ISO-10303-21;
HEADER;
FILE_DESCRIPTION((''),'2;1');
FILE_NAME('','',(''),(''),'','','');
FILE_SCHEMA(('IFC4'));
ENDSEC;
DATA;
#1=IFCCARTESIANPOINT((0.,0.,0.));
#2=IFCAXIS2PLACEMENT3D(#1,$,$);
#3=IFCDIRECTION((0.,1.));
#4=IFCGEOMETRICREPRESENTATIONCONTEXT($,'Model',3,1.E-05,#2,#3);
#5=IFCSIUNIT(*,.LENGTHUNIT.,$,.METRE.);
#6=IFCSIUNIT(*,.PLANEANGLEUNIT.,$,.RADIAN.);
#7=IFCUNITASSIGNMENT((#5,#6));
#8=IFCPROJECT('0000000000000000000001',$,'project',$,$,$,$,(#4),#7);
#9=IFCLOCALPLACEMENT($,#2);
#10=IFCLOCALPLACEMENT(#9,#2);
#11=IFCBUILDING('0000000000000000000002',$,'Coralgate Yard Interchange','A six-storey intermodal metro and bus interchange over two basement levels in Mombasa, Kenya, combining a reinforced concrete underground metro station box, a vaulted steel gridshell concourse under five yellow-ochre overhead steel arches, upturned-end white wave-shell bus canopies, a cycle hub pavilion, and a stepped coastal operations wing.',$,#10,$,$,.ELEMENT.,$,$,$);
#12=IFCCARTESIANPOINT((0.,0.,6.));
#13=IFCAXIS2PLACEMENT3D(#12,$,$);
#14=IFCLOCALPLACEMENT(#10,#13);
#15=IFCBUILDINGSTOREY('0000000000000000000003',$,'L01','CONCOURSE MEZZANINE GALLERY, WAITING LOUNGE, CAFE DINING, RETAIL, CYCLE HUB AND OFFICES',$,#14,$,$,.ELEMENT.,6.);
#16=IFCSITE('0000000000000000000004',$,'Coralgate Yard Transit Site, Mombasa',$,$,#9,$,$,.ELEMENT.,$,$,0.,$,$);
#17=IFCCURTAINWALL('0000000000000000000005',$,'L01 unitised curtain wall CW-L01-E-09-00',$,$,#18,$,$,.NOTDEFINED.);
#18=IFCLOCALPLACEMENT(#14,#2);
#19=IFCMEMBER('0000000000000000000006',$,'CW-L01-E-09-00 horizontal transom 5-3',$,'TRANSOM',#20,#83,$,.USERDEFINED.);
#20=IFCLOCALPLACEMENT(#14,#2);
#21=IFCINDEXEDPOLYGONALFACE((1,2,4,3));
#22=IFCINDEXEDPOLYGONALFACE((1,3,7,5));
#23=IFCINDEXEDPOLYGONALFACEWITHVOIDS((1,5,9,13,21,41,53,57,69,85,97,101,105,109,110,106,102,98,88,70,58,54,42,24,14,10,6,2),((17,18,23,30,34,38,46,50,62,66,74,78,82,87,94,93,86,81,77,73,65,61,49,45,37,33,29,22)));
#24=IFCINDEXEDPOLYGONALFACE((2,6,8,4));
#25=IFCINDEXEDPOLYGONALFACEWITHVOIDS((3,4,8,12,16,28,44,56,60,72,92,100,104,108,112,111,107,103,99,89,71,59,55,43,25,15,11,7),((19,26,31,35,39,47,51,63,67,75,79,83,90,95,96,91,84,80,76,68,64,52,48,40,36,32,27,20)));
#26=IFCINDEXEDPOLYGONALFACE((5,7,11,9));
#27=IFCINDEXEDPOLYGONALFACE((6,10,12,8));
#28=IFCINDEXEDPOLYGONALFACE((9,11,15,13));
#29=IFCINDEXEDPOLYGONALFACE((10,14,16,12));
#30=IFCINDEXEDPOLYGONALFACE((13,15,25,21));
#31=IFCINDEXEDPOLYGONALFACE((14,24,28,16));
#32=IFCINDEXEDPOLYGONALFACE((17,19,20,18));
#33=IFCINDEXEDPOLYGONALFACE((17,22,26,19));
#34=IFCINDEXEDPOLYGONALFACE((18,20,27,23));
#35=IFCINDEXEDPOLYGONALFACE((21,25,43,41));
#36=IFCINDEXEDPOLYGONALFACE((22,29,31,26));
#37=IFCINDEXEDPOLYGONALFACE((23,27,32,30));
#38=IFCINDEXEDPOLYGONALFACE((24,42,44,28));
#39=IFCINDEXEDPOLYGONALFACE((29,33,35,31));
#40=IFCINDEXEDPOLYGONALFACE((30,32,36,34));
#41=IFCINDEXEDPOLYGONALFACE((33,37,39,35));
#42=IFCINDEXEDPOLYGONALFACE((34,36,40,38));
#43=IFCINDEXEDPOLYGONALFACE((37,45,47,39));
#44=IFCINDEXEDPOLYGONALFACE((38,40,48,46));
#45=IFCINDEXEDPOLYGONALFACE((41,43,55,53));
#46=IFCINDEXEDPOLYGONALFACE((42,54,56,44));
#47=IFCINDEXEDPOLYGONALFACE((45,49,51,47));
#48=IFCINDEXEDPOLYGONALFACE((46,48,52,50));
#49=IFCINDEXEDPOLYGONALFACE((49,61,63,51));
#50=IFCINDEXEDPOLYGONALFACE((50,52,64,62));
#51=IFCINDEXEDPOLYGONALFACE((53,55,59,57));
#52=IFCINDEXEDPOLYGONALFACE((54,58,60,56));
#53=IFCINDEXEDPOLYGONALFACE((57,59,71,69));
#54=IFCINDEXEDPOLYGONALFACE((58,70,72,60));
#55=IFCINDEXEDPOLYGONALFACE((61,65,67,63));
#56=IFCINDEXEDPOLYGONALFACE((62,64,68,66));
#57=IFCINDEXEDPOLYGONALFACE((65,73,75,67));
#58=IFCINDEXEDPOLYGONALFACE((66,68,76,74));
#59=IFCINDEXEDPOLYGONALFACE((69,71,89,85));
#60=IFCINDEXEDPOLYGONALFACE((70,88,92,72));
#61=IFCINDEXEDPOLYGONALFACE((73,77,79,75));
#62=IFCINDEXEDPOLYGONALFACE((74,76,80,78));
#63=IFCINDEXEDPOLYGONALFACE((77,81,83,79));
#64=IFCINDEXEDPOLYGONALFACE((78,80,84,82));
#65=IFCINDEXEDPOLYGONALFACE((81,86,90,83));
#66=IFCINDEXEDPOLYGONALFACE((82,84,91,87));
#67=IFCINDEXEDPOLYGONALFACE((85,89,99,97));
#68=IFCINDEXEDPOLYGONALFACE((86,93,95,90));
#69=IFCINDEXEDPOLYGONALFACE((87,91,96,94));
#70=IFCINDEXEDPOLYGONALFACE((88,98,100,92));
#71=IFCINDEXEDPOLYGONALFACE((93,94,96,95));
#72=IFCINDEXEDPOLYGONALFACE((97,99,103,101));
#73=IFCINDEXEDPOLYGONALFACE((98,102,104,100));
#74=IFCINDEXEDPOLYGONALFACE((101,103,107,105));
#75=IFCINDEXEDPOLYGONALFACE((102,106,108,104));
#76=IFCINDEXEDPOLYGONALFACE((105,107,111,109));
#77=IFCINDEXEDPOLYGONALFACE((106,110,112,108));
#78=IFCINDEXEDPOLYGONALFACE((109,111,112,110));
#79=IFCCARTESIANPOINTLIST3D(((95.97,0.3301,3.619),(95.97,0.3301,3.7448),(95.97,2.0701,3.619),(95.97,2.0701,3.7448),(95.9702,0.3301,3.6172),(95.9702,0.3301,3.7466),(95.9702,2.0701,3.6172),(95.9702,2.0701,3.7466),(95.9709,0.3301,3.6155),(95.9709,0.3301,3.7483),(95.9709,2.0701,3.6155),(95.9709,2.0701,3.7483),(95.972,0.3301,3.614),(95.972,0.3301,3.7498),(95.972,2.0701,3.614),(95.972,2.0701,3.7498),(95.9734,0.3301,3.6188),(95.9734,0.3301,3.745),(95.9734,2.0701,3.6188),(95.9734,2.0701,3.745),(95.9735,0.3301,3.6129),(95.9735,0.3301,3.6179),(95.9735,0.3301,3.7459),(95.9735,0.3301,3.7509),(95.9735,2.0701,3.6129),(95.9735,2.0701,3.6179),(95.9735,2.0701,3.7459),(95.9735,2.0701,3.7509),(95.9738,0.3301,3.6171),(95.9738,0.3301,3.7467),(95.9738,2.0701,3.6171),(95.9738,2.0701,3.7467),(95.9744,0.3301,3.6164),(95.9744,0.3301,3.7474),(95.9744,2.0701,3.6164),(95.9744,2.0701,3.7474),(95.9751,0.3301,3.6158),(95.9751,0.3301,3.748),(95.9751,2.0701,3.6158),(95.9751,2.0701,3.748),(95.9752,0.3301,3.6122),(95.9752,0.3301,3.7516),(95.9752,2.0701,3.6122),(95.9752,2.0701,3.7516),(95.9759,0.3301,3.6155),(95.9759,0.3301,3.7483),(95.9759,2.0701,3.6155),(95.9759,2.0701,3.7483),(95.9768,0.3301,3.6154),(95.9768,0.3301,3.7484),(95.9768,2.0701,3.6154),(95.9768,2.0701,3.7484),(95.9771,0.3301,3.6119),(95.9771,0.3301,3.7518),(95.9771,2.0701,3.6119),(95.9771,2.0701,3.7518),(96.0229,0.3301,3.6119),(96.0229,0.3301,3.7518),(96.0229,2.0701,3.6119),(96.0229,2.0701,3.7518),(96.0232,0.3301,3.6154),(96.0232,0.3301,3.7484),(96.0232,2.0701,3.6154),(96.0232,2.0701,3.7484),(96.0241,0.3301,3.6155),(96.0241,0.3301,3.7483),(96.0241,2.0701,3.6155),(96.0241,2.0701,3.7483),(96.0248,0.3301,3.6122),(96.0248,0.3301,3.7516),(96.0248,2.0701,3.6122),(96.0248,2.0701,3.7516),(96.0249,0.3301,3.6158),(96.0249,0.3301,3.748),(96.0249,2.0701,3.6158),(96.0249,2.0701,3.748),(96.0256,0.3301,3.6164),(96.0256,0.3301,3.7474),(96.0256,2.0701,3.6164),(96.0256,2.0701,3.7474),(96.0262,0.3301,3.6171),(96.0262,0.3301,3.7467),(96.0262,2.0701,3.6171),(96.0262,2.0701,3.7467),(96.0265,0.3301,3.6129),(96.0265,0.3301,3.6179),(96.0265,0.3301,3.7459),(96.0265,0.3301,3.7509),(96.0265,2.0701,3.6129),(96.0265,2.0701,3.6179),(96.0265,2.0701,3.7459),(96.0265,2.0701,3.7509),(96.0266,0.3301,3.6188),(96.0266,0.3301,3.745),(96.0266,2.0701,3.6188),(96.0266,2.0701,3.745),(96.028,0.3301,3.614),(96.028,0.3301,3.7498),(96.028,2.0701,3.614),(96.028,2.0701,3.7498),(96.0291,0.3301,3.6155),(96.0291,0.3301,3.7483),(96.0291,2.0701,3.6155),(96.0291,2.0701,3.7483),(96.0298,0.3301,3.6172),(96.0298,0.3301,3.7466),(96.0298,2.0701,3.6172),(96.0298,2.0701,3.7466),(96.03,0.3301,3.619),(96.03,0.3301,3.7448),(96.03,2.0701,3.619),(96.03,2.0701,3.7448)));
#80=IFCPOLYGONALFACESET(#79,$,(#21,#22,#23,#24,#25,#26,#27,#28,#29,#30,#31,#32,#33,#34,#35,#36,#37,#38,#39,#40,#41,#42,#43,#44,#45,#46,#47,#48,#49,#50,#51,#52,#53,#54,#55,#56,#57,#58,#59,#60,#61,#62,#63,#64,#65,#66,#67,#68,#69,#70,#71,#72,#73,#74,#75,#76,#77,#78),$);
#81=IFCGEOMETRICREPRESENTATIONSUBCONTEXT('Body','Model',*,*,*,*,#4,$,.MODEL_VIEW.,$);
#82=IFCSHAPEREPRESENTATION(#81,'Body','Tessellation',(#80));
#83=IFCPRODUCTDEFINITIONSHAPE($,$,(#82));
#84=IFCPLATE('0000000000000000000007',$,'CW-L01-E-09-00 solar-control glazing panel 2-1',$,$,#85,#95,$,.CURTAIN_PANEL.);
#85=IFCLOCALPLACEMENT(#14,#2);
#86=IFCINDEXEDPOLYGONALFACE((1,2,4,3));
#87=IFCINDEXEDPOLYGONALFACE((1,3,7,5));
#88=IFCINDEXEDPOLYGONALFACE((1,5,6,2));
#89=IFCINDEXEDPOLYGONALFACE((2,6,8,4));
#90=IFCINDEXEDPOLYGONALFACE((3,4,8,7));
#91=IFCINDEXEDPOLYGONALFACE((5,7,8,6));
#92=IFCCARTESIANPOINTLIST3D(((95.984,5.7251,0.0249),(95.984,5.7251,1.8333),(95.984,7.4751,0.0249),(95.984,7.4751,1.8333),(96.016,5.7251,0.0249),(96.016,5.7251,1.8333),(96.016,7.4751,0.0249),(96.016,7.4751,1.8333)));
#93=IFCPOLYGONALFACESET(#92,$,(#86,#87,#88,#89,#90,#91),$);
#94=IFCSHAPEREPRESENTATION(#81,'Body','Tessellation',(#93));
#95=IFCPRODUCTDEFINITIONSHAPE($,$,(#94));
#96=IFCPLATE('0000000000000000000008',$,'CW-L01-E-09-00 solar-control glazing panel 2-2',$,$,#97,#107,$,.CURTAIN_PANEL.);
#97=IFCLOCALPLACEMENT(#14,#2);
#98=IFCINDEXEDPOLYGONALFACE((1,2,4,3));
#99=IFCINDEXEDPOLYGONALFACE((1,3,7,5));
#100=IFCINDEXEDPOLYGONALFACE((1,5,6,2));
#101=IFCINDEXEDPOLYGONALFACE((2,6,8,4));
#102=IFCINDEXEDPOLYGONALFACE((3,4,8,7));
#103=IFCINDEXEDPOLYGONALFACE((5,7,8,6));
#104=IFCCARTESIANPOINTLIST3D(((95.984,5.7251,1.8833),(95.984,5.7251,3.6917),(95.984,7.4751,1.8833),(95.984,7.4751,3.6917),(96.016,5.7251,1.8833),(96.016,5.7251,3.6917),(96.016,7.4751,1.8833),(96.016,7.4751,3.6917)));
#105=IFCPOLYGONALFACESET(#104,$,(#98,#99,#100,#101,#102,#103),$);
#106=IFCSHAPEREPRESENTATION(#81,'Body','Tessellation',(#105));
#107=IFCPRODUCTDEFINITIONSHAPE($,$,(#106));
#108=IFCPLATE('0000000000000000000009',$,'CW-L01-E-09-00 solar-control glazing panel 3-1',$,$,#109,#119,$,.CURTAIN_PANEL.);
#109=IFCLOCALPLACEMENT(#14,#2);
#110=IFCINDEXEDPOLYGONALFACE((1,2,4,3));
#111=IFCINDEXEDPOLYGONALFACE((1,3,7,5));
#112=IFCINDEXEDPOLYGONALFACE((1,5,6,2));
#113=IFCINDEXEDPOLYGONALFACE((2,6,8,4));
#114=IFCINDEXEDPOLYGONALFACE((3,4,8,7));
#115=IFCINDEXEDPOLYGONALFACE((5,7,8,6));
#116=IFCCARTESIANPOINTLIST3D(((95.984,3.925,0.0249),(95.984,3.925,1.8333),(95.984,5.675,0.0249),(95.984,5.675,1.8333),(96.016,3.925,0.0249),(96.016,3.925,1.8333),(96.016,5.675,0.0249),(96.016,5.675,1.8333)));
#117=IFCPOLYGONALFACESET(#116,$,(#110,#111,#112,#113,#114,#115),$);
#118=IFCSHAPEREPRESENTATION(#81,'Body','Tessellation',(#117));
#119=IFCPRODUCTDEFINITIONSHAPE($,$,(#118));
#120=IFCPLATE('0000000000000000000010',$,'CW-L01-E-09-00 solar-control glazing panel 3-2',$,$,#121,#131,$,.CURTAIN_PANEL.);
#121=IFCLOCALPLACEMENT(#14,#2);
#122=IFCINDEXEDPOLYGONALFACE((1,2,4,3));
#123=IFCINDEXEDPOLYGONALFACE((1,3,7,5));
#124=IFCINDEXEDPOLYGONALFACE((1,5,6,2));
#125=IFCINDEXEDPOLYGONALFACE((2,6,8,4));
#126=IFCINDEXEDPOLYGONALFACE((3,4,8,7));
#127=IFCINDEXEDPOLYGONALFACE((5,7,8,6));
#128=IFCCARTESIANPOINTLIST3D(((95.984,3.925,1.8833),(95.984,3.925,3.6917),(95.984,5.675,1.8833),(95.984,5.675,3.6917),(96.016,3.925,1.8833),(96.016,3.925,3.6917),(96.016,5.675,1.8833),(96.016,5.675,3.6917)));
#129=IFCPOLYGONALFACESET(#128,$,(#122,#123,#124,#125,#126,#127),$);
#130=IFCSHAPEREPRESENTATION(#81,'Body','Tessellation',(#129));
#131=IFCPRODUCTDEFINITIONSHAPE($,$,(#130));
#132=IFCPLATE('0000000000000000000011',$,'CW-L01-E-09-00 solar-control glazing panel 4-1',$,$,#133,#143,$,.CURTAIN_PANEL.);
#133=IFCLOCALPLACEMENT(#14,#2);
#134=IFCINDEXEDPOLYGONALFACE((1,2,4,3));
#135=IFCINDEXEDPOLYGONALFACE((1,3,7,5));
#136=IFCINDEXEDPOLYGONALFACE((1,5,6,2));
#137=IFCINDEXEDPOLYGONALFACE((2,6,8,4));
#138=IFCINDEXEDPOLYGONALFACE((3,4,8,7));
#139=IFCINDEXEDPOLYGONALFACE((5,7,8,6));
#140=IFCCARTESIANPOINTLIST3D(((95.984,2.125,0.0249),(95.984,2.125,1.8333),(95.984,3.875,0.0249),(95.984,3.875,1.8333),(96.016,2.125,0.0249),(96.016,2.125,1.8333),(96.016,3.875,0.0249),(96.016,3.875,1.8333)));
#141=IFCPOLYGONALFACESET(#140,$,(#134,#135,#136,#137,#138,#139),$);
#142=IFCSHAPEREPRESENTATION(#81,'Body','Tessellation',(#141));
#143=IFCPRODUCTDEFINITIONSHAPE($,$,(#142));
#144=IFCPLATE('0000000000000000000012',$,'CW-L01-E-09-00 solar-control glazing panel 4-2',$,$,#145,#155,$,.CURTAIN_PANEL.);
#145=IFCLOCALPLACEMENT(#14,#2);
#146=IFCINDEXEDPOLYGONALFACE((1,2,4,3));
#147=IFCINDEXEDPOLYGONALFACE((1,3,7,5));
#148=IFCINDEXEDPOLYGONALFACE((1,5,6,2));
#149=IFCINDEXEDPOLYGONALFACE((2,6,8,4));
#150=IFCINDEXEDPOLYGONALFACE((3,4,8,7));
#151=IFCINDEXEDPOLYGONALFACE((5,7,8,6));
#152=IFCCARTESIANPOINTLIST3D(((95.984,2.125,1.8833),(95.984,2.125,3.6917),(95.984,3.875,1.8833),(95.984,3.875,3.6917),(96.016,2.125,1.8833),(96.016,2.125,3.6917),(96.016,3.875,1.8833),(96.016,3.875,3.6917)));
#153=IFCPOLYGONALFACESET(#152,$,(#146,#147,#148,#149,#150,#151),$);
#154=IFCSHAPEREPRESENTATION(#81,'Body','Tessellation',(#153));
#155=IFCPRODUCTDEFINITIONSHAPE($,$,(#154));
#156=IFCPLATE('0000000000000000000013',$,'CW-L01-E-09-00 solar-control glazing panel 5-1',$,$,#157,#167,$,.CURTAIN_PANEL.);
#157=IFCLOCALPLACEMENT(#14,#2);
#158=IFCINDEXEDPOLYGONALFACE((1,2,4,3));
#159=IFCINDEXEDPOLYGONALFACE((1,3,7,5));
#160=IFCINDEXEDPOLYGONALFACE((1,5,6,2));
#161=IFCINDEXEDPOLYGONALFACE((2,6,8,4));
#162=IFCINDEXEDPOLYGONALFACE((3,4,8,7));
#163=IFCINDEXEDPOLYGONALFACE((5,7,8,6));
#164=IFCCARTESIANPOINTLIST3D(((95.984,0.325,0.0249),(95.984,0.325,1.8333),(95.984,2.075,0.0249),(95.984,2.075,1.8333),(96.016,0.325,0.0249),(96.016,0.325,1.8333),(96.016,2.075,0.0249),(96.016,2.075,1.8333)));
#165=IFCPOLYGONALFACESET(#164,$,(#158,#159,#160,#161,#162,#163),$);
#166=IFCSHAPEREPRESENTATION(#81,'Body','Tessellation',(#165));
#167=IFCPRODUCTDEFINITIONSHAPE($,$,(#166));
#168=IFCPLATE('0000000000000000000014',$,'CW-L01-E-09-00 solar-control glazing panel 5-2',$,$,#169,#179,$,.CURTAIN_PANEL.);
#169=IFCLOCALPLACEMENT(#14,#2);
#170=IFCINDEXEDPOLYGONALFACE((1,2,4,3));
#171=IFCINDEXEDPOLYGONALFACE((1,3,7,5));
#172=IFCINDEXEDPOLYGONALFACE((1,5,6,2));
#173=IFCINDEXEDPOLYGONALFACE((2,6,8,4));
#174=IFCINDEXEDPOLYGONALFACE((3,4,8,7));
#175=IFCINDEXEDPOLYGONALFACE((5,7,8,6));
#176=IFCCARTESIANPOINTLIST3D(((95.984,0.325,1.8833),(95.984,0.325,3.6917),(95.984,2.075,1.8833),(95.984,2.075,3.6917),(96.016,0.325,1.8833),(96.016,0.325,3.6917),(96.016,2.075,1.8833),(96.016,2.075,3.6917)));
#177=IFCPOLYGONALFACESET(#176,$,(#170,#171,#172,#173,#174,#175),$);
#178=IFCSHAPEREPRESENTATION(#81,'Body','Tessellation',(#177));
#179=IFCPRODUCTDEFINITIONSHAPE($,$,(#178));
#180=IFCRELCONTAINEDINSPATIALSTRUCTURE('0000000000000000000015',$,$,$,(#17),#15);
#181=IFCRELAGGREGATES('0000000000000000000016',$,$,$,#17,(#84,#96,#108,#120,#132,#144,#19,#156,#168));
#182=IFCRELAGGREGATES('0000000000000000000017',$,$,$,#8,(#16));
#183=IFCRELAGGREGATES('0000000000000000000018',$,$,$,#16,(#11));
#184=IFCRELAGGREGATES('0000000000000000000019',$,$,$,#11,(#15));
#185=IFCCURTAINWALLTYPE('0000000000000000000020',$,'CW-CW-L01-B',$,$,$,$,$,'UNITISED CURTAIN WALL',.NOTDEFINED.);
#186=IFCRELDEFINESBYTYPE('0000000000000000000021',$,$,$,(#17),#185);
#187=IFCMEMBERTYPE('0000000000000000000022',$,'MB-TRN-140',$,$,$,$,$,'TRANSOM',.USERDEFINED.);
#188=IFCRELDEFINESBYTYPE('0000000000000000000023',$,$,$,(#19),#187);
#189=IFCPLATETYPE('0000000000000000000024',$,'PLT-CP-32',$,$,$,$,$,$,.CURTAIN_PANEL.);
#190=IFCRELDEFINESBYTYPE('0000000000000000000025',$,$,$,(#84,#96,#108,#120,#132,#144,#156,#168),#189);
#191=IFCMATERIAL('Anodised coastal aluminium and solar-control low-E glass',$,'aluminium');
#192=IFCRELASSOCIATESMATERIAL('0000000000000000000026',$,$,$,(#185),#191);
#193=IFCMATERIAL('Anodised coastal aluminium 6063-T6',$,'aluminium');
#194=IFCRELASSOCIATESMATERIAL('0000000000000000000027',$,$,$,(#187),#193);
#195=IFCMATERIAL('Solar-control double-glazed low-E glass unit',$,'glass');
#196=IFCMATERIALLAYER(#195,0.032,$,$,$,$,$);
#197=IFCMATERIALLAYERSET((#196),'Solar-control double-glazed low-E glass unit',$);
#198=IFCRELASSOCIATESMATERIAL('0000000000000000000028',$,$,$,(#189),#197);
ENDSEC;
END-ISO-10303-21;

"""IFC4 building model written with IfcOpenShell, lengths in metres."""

from ifc_helpers import new_model, si_unit, direction, frame, origin, origin_2d, place, context, subcontext, project, spatial, rectangle, hollow_rectangle, extrude, material, layer, layer_set, material_profile, profile_set, type_object, element, aggregate, save


model = new_model("IFC4")

# Units and contexts
model_context = context("Model", 3, precision=1e-05, world=origin(), true_north=direction((0.0, 1.0)))
body_context = subcontext(model_context, "Body", "Model", "MODEL_VIEW")
ifc_project = project(units=[si_unit("LENGTHUNIT", "METRE"), si_unit("PLANEANGLEUNIT", "RADIAN")], contexts=[model_context])

# Site, building, storey
site_placement = place(None, origin())
site = spatial("IfcSite", under=ifc_project, at=site_placement, Name="Coralgate Yard Transit Site, Mombasa", CompositionType="ELEMENT", RefElevation=0.0)
building_placement = place(site_placement, origin())
building = spatial("IfcBuilding", under=site, at=building_placement, Name="Coralgate Yard Interchange", Description="A six-storey intermodal metro and bus interchange over two basement levels in Mombasa, Kenya, combining a reinforced concrete underground metro station box, a vaulted steel gridshell concourse under five yellow-ochre overhead steel arches, upturned-end white wave-shell bus canopies, a cycle hub pavilion, and a stepped coastal operations wing.", CompositionType="ELEMENT")
storey_placement = place(building_placement, frame((0.0, 0.0, 6.0)))
storey = spatial("IfcBuildingStorey", under=building, at=storey_placement, Name="L01", Description="CONCOURSE MEZZANINE GALLERY, WAITING LOUNGE, CAFE DINING, RETAIL, CYCLE HUB AND OFFICES", CompositionType="ELEMENT", Elevation=6.0)

# Curtain wall, member, plates
ifc_material_1 = material(Name="Anodised coastal aluminium and solar-control low-E glass", Category="aluminium")
curtain_wall_type = type_object("IfcCurtainWallType", Name="CW-CW-L01-B", ElementType="UNITISED CURTAIN WALL", PredefinedType="NOTDEFINED", material=ifc_material_1)
curtain_wall_placement = place(storey_placement, origin())
curtain_wall = element("IfcCurtainWall", 1, at=curtain_wall_placement, inside=storey, type_object=curtain_wall_type, Name="L01 unitised curtain wall CW-L01-E-09-00", PredefinedType="NOTDEFINED")
ifc_material_2 = material(Name="Anodised coastal aluminium 6063-T6", Category="aluminium")
ifc_material_profile_1 = material_profile(ifc_material_2, hollow_rectangle(XDim=0.0601, YDim=0.1399, WallThickness=0.0034, InnerFilletRadius=0.0034, OuterFilletRadius=0.0071, at=origin_2d()), Name="ALU 60x140x3.5")
ifc_profile_set_1 = profile_set([ifc_material_profile_1], Name="Anodised coastal aluminium 6063-T6")
member_type_1 = type_object("IfcMemberType", Name="MB-TRN-140", ElementType="TRANSOM", PredefinedType="USERDEFINED", material=ifc_profile_set_1)
member_1_placement = place(storey_placement, frame((96.0, 2.0701, 3.6819), z_axis=(0.0, -1.0, 0.0), x_axis=(1.0, 0.0, 0.0)))
member_1 = element("IfcMember", 2, at=member_1_placement, type_object=member_type_1, Name="CW-L01-E-09-00 horizontal transom 5-3", ObjectType="TRANSOM", PredefinedType="USERDEFINED", context=body_context, shape_type="SweptSolid", body=[
    extrude(hollow_rectangle(XDim=0.0601, YDim=0.1399, WallThickness=0.0034, InnerFilletRadius=0.0034, OuterFilletRadius=0.0071, at=origin_2d()), origin(), (0.0, 0.0, 1.0), 1.74),
])
ifc_material_3 = material(Name="Solar-control double-glazed low-E glass unit", Category="glass")
ifc_layer_1 = layer(ifc_material_3, 0.032)
ifc_layer_set_1 = layer_set([ifc_layer_1], Name="Solar-control double-glazed low-E glass unit")
plate_type = type_object("IfcPlateType", Name="PLT-CP-32", PredefinedType="CURTAIN_PANEL", material=ifc_layer_set_1)
plate_1_placement = place(storey_placement, frame((96.0, 6.6001, 0.0249), z_axis=(0.0, 0.0, 1.0), x_axis=(0.0, -1.0, 0.0)))
plate_1 = element("IfcPlate", 3, at=plate_1_placement, type_object=plate_type, Name="CW-L01-E-09-00 solar-control glazing panel 2-1", PredefinedType="CURTAIN_PANEL", context=body_context, shape_type="SweptSolid", body=[
    extrude(rectangle(XDim=1.75, YDim=0.032, at=origin_2d()), origin(), (0.0, 0.0, 1.0), 1.8083),
])
plate_2_placement = place(storey_placement, frame((96.0, 6.6001, 1.8833), z_axis=(0.0, 0.0, 1.0), x_axis=(0.0, -1.0, 0.0)))
plate_2 = element("IfcPlate", 4, at=plate_2_placement, type_object=plate_type, Name="CW-L01-E-09-00 solar-control glazing panel 2-2", PredefinedType="CURTAIN_PANEL", context=body_context, shape_type="SweptSolid", body=[
    extrude(rectangle(XDim=1.75, YDim=0.032, at=origin_2d()), origin(), (0.0, 0.0, 1.0), 1.8083),
])
plate_3_placement = place(storey_placement, frame((96.0, 4.8, 0.0249), z_axis=(0.0, 0.0, 1.0), x_axis=(0.0, -1.0, 0.0)))
plate_3 = element("IfcPlate", 5, at=plate_3_placement, type_object=plate_type, Name="CW-L01-E-09-00 solar-control glazing panel 3-1", PredefinedType="CURTAIN_PANEL", context=body_context, shape_type="SweptSolid", body=[
    extrude(rectangle(XDim=1.75, YDim=0.032, at=origin_2d()), origin(), (0.0, 0.0, 1.0), 1.8083),
])
plate_4_placement = place(storey_placement, frame((96.0, 4.8, 1.8833), z_axis=(0.0, 0.0, 1.0), x_axis=(0.0, -1.0, 0.0)))
plate_4 = element("IfcPlate", 6, at=plate_4_placement, type_object=plate_type, Name="CW-L01-E-09-00 solar-control glazing panel 3-2", PredefinedType="CURTAIN_PANEL", context=body_context, shape_type="SweptSolid", body=[
    extrude(rectangle(XDim=1.75, YDim=0.032, at=origin_2d()), origin(), (0.0, 0.0, 1.0), 1.8083),
])
plate_5_placement = place(storey_placement, frame((96.0, 3.0, 0.0249), z_axis=(0.0, 0.0, 1.0), x_axis=(0.0, -1.0, 0.0)))
plate_5 = element("IfcPlate", 7, at=plate_5_placement, type_object=plate_type, Name="CW-L01-E-09-00 solar-control glazing panel 4-1", PredefinedType="CURTAIN_PANEL", context=body_context, shape_type="SweptSolid", body=[
    extrude(rectangle(XDim=1.75, YDim=0.032, at=origin_2d()), origin(), (0.0, 0.0, 1.0), 1.8083),
])
plate_6_placement = place(storey_placement, frame((96.0, 3.0, 1.8833), z_axis=(0.0, 0.0, 1.0), x_axis=(0.0, -1.0, 0.0)))
plate_6 = element("IfcPlate", 8, at=plate_6_placement, type_object=plate_type, Name="CW-L01-E-09-00 solar-control glazing panel 4-2", PredefinedType="CURTAIN_PANEL", context=body_context, shape_type="SweptSolid", body=[
    extrude(rectangle(XDim=1.75, YDim=0.032, at=origin_2d()), origin(), (0.0, 0.0, 1.0), 1.8083),
])
plate_7_placement = place(storey_placement, frame((96.0, 1.2, 0.0249), z_axis=(0.0, 0.0, 1.0), x_axis=(0.0, -1.0, 0.0)))
plate_7 = element("IfcPlate", 9, at=plate_7_placement, type_object=plate_type, Name="CW-L01-E-09-00 solar-control glazing panel 5-1", PredefinedType="CURTAIN_PANEL", context=body_context, shape_type="SweptSolid", body=[
    extrude(rectangle(XDim=1.75, YDim=0.032, at=origin_2d()), origin(), (0.0, 0.0, 1.0), 1.8083),
])
plate_8_placement = place(storey_placement, frame((96.0, 1.2, 1.8833), z_axis=(0.0, 0.0, 1.0), x_axis=(0.0, -1.0, 0.0)))
plate_8 = element("IfcPlate", 10, at=plate_8_placement, type_object=plate_type, Name="CW-L01-E-09-00 solar-control glazing panel 5-2", PredefinedType="CURTAIN_PANEL", context=body_context, shape_type="SweptSolid", body=[
    extrude(rectangle(XDim=1.75, YDim=0.032, at=origin_2d()), origin(), (0.0, 0.0, 1.0), 1.8083),
])
aggregate(curtain_wall, [plate_1, plate_2, plate_3, plate_4, plate_5, plate_6, member_1, plate_7, plate_8])

save(model, "model.ifc")
